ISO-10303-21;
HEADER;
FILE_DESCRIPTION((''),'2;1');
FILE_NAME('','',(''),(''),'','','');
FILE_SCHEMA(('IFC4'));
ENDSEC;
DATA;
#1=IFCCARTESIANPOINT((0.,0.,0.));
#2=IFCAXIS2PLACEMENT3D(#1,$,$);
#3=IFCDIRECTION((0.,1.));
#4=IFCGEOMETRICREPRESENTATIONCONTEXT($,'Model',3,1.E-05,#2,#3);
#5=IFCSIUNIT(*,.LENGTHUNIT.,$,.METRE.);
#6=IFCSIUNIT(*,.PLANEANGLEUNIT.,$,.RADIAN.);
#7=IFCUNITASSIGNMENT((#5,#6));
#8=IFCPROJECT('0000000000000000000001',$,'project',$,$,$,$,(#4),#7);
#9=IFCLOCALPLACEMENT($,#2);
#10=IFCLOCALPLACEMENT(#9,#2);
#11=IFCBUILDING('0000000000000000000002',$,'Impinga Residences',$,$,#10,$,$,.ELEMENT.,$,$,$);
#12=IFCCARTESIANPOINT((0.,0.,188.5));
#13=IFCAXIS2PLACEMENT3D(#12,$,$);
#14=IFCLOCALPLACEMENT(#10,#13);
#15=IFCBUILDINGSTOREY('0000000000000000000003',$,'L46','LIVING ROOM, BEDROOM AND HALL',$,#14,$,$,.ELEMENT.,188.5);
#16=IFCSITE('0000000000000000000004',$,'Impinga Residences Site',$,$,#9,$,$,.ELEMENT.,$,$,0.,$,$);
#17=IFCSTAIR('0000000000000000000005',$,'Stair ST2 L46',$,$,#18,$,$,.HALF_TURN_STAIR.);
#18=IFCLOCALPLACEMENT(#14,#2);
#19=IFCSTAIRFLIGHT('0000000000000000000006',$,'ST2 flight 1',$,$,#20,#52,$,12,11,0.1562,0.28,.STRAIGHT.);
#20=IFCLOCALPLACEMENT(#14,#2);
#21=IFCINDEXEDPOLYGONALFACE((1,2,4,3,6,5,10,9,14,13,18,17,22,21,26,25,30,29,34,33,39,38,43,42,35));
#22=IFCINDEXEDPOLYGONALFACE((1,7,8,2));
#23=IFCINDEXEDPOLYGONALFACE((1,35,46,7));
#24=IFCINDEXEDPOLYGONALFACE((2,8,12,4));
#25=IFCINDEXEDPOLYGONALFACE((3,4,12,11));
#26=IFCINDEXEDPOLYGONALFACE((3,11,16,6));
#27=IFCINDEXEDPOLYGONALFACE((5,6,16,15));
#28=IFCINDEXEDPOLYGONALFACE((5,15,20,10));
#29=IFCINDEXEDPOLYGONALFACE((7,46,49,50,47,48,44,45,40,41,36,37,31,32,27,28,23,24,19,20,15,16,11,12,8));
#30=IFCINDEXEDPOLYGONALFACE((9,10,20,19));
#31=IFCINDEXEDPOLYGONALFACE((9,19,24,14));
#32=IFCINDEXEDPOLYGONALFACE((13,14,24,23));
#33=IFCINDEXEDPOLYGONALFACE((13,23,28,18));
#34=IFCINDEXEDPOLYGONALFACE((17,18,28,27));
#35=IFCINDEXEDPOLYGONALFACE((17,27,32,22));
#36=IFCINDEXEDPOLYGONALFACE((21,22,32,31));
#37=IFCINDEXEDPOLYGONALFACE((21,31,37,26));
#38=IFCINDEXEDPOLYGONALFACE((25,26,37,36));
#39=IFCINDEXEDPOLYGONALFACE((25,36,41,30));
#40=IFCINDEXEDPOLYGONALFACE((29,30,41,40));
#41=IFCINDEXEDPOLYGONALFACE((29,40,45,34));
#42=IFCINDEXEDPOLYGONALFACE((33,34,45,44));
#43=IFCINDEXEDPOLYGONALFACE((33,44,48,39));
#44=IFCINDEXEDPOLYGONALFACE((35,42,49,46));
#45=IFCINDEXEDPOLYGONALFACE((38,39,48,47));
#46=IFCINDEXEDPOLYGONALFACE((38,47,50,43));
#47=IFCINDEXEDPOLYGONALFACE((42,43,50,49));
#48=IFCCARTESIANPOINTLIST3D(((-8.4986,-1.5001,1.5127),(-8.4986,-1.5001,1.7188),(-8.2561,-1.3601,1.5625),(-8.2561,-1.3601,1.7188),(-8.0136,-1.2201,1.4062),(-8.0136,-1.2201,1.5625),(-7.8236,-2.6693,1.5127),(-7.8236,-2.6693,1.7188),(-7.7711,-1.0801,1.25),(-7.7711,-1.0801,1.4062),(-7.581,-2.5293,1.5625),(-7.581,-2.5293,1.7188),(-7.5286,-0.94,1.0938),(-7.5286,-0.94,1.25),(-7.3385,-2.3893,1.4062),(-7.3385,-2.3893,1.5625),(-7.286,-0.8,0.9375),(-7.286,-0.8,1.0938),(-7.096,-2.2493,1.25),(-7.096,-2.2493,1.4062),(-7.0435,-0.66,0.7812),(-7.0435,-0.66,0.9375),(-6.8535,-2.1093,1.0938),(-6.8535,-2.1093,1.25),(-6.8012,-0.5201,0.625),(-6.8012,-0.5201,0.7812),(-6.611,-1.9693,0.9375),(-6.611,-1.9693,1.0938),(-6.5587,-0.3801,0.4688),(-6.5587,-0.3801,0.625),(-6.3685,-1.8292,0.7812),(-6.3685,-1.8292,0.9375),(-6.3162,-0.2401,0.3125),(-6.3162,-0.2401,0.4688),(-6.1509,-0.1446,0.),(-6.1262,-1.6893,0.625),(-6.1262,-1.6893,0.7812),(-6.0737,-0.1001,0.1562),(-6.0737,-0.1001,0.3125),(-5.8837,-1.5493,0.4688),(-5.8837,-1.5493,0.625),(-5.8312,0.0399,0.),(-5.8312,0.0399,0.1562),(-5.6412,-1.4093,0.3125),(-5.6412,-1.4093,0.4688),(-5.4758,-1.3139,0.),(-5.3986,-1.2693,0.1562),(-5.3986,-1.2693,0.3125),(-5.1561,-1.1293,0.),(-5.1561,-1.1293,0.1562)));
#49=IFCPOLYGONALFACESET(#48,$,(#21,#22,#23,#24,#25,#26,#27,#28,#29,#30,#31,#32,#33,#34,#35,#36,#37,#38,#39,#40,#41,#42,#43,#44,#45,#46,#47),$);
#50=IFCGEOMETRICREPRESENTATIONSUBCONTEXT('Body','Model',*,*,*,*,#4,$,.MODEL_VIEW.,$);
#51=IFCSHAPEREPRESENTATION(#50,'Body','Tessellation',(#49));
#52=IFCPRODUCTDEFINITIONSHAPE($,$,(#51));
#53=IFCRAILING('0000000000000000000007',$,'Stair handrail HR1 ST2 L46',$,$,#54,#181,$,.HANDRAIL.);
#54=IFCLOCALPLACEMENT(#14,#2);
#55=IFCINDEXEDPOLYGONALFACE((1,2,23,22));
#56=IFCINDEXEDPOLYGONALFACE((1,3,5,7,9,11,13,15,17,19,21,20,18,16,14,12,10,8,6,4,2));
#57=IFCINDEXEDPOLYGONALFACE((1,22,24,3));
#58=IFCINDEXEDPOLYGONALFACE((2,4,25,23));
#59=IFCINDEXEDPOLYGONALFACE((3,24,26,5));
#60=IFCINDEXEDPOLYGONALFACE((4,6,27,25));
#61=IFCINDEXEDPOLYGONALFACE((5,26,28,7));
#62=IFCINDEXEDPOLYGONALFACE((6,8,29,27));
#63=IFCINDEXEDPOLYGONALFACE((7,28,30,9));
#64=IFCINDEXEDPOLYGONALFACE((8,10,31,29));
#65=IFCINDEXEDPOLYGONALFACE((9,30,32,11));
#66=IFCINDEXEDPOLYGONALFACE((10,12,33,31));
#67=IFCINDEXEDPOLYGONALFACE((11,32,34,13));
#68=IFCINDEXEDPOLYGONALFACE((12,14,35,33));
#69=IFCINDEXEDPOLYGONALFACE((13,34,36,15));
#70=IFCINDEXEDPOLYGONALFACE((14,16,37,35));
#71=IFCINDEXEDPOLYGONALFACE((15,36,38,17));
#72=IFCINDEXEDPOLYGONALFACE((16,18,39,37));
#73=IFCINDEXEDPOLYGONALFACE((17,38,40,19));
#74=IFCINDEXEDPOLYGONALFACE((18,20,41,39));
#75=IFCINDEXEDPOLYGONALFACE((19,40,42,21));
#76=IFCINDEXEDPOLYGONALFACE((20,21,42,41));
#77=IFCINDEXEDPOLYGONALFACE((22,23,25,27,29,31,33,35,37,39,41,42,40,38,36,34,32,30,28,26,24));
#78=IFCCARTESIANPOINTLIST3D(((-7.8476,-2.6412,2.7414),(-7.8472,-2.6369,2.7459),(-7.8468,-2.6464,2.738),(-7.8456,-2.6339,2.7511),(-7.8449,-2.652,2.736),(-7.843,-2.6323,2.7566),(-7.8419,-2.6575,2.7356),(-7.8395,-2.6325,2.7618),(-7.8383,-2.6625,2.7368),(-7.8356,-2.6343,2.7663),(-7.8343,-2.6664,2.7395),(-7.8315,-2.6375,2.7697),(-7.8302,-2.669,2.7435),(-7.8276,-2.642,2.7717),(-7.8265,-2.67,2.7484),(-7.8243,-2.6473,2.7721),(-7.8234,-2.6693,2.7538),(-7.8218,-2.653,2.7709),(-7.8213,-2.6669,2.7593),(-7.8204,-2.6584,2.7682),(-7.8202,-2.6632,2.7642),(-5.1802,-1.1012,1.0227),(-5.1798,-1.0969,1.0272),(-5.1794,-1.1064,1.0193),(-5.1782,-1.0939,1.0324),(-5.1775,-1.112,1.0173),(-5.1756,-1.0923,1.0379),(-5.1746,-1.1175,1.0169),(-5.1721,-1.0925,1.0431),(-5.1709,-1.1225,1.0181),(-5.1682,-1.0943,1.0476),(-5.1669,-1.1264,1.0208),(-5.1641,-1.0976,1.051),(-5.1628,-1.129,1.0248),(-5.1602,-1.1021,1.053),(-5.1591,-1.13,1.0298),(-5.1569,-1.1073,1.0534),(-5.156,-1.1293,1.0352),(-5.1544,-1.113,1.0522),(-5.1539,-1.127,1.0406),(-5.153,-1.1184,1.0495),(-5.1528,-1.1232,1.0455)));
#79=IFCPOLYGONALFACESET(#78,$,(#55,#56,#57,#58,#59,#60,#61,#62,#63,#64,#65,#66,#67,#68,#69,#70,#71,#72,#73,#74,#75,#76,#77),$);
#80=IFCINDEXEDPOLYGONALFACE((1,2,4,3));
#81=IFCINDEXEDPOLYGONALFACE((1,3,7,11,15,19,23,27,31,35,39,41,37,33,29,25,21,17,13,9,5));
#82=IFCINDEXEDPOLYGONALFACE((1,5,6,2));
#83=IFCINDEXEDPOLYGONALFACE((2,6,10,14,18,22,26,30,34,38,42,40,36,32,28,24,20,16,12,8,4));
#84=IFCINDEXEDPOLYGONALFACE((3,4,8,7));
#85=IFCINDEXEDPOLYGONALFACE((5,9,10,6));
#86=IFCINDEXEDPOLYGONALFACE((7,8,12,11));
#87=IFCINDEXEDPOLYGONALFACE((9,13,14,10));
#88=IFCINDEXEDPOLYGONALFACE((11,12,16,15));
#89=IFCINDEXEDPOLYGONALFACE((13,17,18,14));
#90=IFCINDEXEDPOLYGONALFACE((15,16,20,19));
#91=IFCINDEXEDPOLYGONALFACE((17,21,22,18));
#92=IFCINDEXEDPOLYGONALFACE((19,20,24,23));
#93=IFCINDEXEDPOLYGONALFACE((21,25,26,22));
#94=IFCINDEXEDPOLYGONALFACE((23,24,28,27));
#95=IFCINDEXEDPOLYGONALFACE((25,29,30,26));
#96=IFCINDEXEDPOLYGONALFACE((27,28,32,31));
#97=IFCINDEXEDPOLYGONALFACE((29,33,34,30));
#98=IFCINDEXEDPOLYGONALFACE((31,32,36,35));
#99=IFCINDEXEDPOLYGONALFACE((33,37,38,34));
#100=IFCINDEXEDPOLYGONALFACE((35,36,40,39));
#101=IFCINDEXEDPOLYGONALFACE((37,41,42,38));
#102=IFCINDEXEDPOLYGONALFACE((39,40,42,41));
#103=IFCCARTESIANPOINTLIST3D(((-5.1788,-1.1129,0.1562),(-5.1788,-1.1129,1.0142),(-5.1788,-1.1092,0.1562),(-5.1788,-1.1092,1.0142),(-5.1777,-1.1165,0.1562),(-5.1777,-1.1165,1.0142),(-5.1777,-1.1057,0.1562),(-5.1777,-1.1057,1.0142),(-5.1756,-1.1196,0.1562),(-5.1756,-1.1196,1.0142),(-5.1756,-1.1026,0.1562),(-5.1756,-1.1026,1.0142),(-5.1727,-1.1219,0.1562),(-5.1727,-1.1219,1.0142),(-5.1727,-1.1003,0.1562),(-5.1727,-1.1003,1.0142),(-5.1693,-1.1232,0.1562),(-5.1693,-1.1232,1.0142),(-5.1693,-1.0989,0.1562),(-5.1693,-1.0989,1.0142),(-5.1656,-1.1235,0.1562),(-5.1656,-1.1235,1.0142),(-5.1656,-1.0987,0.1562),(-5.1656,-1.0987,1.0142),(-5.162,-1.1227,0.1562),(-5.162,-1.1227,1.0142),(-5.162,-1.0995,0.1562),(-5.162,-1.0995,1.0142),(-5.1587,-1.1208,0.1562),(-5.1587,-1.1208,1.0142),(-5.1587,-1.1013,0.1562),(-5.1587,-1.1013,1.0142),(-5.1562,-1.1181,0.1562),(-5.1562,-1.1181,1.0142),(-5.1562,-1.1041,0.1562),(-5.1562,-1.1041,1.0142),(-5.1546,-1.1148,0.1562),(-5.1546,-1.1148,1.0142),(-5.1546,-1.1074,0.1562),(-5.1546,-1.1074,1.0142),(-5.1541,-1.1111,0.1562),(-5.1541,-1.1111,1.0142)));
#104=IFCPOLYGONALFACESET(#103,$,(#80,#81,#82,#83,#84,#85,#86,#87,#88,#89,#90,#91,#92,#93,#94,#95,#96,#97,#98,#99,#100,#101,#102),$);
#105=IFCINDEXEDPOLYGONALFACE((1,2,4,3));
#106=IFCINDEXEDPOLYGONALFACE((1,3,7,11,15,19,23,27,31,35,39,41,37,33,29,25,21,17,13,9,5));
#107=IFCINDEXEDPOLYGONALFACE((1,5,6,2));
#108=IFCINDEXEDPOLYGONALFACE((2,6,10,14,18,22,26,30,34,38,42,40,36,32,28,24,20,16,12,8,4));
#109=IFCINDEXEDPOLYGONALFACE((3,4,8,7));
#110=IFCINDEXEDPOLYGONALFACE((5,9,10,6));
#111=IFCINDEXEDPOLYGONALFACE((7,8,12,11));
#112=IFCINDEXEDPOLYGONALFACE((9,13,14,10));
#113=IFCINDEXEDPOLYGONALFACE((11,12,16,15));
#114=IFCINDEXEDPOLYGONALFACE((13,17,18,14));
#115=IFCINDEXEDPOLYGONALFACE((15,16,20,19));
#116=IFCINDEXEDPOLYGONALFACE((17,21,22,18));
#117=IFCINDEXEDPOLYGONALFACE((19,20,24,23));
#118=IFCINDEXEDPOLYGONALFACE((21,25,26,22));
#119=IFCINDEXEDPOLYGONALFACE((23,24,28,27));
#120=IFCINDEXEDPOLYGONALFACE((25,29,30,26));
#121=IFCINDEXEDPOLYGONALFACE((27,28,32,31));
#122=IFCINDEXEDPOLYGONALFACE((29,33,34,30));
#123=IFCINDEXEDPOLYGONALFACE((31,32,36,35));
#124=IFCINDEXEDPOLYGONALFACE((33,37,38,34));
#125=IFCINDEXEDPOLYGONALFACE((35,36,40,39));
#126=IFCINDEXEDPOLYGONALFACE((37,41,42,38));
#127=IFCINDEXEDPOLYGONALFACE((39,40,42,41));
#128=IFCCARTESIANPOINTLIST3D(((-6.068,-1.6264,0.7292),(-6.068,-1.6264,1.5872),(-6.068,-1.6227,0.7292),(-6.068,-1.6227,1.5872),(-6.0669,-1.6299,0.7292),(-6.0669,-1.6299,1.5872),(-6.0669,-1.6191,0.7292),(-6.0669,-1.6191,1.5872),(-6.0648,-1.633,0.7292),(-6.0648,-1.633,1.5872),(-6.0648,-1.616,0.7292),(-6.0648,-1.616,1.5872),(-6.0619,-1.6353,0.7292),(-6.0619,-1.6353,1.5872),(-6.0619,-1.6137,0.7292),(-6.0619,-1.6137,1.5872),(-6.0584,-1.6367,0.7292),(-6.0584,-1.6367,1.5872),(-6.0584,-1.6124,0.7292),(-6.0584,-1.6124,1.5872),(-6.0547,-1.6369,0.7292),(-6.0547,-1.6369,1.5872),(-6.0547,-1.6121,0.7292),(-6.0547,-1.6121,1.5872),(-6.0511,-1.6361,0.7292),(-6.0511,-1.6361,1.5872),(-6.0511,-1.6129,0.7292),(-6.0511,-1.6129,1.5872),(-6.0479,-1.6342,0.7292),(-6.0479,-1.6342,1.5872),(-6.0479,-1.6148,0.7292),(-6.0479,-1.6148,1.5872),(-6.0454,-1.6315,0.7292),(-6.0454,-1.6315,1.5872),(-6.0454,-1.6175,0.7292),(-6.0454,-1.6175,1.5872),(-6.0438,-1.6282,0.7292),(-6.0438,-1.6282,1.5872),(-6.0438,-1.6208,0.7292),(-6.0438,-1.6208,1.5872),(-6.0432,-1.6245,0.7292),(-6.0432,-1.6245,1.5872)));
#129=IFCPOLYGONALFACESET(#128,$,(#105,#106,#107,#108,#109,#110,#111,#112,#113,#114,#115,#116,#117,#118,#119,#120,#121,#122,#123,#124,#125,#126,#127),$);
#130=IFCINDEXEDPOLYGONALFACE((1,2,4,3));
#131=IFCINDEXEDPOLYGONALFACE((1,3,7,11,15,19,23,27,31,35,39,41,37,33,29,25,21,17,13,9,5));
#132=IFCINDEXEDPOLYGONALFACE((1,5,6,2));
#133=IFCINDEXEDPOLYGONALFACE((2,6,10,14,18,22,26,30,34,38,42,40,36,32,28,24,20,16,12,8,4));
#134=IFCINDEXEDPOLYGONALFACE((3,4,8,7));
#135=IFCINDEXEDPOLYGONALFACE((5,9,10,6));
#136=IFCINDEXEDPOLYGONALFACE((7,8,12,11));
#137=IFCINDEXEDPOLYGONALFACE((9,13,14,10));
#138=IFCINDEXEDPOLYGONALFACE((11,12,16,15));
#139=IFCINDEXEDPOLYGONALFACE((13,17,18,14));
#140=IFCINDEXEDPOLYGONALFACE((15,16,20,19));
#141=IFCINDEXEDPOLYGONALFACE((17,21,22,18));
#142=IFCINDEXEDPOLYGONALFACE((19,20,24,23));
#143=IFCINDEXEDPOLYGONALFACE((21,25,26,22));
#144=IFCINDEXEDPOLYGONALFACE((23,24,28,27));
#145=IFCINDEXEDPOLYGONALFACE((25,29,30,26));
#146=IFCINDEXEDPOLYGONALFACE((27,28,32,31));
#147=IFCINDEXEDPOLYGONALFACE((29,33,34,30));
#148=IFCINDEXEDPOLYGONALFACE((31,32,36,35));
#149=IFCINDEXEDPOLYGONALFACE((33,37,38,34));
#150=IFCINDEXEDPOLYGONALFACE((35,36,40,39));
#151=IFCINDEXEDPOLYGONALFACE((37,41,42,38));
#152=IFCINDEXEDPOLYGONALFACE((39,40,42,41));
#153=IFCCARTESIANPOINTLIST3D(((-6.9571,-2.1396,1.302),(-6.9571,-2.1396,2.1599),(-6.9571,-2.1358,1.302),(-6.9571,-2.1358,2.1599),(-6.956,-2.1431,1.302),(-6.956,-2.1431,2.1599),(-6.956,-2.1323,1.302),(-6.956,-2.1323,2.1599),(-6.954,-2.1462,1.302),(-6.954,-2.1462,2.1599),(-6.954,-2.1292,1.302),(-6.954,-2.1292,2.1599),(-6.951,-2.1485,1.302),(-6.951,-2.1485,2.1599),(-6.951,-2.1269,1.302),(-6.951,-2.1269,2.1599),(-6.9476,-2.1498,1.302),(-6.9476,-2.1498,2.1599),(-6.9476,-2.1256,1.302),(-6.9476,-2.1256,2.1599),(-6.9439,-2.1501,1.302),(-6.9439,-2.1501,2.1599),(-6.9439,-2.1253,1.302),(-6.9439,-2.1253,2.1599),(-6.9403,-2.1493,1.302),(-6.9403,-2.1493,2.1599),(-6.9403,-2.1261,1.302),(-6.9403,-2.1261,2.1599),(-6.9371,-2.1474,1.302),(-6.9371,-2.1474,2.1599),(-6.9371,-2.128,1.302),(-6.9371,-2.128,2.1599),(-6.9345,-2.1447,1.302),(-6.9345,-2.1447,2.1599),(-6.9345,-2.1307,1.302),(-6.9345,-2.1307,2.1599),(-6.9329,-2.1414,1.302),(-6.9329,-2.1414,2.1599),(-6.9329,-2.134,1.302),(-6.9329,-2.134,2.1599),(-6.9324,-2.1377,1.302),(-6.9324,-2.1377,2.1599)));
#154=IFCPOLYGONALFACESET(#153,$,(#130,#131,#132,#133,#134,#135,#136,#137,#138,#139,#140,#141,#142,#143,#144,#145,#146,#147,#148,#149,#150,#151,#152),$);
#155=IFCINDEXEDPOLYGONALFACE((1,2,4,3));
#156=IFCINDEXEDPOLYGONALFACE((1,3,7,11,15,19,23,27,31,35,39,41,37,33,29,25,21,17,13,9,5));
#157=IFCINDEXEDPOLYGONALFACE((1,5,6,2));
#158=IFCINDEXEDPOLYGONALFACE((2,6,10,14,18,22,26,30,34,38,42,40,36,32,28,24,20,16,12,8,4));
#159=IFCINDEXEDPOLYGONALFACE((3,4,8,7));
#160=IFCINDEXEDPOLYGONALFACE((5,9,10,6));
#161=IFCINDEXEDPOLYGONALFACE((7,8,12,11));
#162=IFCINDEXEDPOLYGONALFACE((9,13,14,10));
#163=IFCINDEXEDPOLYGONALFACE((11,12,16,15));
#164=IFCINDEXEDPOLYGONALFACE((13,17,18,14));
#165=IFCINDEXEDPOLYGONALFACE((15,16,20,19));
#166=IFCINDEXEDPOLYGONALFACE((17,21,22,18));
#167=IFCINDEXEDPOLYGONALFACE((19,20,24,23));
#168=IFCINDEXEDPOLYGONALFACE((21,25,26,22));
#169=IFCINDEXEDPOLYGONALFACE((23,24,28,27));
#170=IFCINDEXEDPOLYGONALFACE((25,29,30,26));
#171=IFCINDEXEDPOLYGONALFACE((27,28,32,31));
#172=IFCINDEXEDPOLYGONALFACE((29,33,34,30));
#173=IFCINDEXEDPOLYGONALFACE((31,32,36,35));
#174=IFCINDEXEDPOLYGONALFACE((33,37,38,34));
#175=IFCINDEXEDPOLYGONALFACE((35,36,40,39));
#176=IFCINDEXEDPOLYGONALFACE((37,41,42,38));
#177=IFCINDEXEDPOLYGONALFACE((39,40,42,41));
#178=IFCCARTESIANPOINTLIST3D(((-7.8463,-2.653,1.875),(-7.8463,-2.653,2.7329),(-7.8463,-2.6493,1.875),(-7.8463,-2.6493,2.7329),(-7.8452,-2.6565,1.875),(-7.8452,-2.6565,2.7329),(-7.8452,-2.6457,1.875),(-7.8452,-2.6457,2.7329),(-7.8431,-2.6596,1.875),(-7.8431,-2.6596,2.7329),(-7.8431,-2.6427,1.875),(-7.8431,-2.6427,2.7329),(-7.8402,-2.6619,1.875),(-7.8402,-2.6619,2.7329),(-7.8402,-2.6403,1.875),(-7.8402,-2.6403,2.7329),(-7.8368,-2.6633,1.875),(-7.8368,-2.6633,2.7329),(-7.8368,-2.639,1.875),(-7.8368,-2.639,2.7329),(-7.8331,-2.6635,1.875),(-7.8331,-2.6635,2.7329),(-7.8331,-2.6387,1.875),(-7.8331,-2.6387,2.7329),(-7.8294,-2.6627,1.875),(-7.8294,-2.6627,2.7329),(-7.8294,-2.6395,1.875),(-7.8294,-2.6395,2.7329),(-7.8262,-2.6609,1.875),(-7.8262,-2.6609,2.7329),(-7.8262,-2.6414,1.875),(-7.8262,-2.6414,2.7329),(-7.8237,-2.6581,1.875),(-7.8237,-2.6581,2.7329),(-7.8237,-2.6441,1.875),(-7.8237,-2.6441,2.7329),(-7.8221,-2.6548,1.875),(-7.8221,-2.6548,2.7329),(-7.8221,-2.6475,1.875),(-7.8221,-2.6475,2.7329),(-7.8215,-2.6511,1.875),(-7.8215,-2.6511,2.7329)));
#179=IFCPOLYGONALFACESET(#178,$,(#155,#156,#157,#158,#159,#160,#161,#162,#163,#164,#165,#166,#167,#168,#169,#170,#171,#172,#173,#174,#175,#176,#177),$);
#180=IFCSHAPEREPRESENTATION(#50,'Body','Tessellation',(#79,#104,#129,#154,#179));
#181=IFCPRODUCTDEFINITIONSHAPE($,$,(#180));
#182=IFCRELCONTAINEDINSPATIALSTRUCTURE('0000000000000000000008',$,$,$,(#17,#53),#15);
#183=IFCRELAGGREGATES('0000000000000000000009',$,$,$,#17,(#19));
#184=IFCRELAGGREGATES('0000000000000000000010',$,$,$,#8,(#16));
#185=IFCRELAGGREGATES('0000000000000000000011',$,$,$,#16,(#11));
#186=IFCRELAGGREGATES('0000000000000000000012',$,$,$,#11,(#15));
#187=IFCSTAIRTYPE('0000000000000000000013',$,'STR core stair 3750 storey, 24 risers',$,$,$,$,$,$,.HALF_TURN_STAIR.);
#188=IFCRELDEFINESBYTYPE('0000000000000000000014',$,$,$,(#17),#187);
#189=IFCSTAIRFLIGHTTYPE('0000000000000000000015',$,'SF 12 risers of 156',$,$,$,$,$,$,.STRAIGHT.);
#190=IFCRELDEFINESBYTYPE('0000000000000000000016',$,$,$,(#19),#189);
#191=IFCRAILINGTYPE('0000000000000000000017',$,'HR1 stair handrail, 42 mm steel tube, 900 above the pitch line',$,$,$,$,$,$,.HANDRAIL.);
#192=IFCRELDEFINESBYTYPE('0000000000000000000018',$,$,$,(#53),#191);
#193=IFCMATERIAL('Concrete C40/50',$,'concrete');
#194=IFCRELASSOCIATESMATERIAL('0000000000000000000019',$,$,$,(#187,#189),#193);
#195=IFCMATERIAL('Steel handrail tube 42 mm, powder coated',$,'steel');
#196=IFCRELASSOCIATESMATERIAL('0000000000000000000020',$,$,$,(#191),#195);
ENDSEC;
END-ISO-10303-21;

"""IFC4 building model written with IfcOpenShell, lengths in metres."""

from ifc_helpers import new_model, si_unit, direction, frame, origin, origin_2d, place, context, subcontext, project, spatial, polyline, circle, outline, extrude, material, type_object, element, aggregate, save


model = new_model("IFC4")

# Units and contexts
model_context = context("Model", 3, precision=1e-05, world=origin(), true_north=direction((0.0, 1.0)))
body_context = subcontext(model_context, "Body", "Model", "MODEL_VIEW")
ifc_project = project(units=[si_unit("LENGTHUNIT", "METRE"), si_unit("PLANEANGLEUNIT", "RADIAN")], contexts=[model_context])

# Site, building, storey
site_placement = place(None, origin())
site = spatial("IfcSite", under=ifc_project, at=site_placement, Name="Impinga Residences Site", CompositionType="ELEMENT", RefElevation=0.0)
building_placement = place(site_placement, origin())
building = spatial("IfcBuilding", under=site, at=building_placement, Name="Impinga Residences", CompositionType="ELEMENT")
storey_placement = place(building_placement, frame((0.0, 0.0, 188.5)))
storey = spatial("IfcBuildingStorey", under=building, at=storey_placement, Name="L46", Description="LIVING ROOM, BEDROOM AND HALL", CompositionType="ELEMENT", Elevation=188.5)

# Stair
ifc_material_1 = material(Name="Concrete C40/50", Category="concrete")
stair_type = type_object("IfcStairType", Name="STR core stair 3750 storey, 24 risers", PredefinedType="HALF_TURN_STAIR", material=ifc_material_1)
stair_1_placement = place(storey_placement, origin())
stair_1 = element("IfcStair", 1, at=stair_1_placement, inside=storey, type_object=stair_type, Name="Stair ST2 L46", PredefinedType="HALF_TURN_STAIR")

# Stair flight
stair_flight_type = type_object("IfcStairFlightType", Name="SF 12 risers of 156", PredefinedType="STRAIGHT", material=ifc_material_1)
stair_flight_placement = place(storey_placement, frame((-5.4937, -0.5447, 0.0), z_axis=(0.0, 0.0, 1.0), x_axis=(-0.866025, -0.5, 0.0)))
stair_flight = element("IfcStairFlight", 2, at=stair_flight_placement, type_object=stair_flight_type, Name="ST2 flight 1", NumberOfRisers=12, NumberOfTreads=11, PredefinedType="STRAIGHT", RiserHeight=0.1562, TreadLength=0.28, context=body_context, shape_type="SweptSolid", body=[
    extrude(outline(polyline([(0.0, 0.0), (0.0, 0.1562), (0.28, 0.1562), (0.28, 0.3125), (0.5601, 0.3125), (0.5601, 0.4688), (0.8401, 0.4688), (0.8401, 0.625), (1.1201, 0.625), (1.1201, 0.7812), (1.3999, 0.7812), (1.3999, 0.9375), (1.6799, 0.9375), (1.6799, 1.0938), (1.96, 1.0938), (1.96, 1.25), (2.24, 1.25), (2.24, 1.4062), (2.52, 1.4062), (2.52, 1.5625), (2.8, 1.5625), (2.8, 1.7188), (3.0801, 1.7188), (3.0801, 1.875), (3.0801, 1.5127), (0.3691, 0.0), (0.0, 0.0)])), frame((0.0, 0.675, 0.0), z_axis=(0.0, -1.0, 0.0), x_axis=(1.0, 0.0, 0.0)), (0.0, 0.0, 1.0), 1.3501),
])
aggregate(stair_1, [stair_flight])

# Railing
ifc_material_2 = material(Name="Steel handrail tube 42 mm, powder coated", Category="steel")
railing_type = type_object("IfcRailingType", Name="HR1 stair handrail, 42 mm steel tube, 900 above the pitch line", PredefinedType="HANDRAIL", material=ifc_material_2)
railing_placement = place(storey_placement, frame((-5.1665, -1.1111, 0.1562)))
element("IfcRailing", 3, at=railing_placement, inside=storey, type_object=railing_type, Name="Stair handrail HR1 ST2 L46", PredefinedType="HANDRAIL", context=body_context, shape_type="SweptSolid", body=[
    extrude(circle(Radius=0.021, at=origin_2d()), frame((0.0, 0.0, 0.8789), z_axis=(-0.756256, -0.436616, 0.487282), x_axis=(0.499992, -0.86603, 0.0)), (0.0, 0.0, 1.0), 3.5271),
    extrude(circle(Radius=0.0125, at=origin_2d()), origin(), (0.0, 0.0, 1.0), 0.8579),
    extrude(circle(Radius=0.0125, at=origin_2d()), frame((-0.8892, -0.5134, 0.573)), (0.0, 0.0, 1.0), 0.8579),
    extrude(circle(Radius=0.0125, at=origin_2d()), frame((-1.7783, -1.0266, 1.1458)), (0.0, 0.0, 1.0), 0.8579),
    extrude(circle(Radius=0.0125, at=origin_2d()), frame((-2.6675, -1.54, 1.7188)), (0.0, 0.0, 1.0), 0.8579),
])

save(model, "model.ifc")
